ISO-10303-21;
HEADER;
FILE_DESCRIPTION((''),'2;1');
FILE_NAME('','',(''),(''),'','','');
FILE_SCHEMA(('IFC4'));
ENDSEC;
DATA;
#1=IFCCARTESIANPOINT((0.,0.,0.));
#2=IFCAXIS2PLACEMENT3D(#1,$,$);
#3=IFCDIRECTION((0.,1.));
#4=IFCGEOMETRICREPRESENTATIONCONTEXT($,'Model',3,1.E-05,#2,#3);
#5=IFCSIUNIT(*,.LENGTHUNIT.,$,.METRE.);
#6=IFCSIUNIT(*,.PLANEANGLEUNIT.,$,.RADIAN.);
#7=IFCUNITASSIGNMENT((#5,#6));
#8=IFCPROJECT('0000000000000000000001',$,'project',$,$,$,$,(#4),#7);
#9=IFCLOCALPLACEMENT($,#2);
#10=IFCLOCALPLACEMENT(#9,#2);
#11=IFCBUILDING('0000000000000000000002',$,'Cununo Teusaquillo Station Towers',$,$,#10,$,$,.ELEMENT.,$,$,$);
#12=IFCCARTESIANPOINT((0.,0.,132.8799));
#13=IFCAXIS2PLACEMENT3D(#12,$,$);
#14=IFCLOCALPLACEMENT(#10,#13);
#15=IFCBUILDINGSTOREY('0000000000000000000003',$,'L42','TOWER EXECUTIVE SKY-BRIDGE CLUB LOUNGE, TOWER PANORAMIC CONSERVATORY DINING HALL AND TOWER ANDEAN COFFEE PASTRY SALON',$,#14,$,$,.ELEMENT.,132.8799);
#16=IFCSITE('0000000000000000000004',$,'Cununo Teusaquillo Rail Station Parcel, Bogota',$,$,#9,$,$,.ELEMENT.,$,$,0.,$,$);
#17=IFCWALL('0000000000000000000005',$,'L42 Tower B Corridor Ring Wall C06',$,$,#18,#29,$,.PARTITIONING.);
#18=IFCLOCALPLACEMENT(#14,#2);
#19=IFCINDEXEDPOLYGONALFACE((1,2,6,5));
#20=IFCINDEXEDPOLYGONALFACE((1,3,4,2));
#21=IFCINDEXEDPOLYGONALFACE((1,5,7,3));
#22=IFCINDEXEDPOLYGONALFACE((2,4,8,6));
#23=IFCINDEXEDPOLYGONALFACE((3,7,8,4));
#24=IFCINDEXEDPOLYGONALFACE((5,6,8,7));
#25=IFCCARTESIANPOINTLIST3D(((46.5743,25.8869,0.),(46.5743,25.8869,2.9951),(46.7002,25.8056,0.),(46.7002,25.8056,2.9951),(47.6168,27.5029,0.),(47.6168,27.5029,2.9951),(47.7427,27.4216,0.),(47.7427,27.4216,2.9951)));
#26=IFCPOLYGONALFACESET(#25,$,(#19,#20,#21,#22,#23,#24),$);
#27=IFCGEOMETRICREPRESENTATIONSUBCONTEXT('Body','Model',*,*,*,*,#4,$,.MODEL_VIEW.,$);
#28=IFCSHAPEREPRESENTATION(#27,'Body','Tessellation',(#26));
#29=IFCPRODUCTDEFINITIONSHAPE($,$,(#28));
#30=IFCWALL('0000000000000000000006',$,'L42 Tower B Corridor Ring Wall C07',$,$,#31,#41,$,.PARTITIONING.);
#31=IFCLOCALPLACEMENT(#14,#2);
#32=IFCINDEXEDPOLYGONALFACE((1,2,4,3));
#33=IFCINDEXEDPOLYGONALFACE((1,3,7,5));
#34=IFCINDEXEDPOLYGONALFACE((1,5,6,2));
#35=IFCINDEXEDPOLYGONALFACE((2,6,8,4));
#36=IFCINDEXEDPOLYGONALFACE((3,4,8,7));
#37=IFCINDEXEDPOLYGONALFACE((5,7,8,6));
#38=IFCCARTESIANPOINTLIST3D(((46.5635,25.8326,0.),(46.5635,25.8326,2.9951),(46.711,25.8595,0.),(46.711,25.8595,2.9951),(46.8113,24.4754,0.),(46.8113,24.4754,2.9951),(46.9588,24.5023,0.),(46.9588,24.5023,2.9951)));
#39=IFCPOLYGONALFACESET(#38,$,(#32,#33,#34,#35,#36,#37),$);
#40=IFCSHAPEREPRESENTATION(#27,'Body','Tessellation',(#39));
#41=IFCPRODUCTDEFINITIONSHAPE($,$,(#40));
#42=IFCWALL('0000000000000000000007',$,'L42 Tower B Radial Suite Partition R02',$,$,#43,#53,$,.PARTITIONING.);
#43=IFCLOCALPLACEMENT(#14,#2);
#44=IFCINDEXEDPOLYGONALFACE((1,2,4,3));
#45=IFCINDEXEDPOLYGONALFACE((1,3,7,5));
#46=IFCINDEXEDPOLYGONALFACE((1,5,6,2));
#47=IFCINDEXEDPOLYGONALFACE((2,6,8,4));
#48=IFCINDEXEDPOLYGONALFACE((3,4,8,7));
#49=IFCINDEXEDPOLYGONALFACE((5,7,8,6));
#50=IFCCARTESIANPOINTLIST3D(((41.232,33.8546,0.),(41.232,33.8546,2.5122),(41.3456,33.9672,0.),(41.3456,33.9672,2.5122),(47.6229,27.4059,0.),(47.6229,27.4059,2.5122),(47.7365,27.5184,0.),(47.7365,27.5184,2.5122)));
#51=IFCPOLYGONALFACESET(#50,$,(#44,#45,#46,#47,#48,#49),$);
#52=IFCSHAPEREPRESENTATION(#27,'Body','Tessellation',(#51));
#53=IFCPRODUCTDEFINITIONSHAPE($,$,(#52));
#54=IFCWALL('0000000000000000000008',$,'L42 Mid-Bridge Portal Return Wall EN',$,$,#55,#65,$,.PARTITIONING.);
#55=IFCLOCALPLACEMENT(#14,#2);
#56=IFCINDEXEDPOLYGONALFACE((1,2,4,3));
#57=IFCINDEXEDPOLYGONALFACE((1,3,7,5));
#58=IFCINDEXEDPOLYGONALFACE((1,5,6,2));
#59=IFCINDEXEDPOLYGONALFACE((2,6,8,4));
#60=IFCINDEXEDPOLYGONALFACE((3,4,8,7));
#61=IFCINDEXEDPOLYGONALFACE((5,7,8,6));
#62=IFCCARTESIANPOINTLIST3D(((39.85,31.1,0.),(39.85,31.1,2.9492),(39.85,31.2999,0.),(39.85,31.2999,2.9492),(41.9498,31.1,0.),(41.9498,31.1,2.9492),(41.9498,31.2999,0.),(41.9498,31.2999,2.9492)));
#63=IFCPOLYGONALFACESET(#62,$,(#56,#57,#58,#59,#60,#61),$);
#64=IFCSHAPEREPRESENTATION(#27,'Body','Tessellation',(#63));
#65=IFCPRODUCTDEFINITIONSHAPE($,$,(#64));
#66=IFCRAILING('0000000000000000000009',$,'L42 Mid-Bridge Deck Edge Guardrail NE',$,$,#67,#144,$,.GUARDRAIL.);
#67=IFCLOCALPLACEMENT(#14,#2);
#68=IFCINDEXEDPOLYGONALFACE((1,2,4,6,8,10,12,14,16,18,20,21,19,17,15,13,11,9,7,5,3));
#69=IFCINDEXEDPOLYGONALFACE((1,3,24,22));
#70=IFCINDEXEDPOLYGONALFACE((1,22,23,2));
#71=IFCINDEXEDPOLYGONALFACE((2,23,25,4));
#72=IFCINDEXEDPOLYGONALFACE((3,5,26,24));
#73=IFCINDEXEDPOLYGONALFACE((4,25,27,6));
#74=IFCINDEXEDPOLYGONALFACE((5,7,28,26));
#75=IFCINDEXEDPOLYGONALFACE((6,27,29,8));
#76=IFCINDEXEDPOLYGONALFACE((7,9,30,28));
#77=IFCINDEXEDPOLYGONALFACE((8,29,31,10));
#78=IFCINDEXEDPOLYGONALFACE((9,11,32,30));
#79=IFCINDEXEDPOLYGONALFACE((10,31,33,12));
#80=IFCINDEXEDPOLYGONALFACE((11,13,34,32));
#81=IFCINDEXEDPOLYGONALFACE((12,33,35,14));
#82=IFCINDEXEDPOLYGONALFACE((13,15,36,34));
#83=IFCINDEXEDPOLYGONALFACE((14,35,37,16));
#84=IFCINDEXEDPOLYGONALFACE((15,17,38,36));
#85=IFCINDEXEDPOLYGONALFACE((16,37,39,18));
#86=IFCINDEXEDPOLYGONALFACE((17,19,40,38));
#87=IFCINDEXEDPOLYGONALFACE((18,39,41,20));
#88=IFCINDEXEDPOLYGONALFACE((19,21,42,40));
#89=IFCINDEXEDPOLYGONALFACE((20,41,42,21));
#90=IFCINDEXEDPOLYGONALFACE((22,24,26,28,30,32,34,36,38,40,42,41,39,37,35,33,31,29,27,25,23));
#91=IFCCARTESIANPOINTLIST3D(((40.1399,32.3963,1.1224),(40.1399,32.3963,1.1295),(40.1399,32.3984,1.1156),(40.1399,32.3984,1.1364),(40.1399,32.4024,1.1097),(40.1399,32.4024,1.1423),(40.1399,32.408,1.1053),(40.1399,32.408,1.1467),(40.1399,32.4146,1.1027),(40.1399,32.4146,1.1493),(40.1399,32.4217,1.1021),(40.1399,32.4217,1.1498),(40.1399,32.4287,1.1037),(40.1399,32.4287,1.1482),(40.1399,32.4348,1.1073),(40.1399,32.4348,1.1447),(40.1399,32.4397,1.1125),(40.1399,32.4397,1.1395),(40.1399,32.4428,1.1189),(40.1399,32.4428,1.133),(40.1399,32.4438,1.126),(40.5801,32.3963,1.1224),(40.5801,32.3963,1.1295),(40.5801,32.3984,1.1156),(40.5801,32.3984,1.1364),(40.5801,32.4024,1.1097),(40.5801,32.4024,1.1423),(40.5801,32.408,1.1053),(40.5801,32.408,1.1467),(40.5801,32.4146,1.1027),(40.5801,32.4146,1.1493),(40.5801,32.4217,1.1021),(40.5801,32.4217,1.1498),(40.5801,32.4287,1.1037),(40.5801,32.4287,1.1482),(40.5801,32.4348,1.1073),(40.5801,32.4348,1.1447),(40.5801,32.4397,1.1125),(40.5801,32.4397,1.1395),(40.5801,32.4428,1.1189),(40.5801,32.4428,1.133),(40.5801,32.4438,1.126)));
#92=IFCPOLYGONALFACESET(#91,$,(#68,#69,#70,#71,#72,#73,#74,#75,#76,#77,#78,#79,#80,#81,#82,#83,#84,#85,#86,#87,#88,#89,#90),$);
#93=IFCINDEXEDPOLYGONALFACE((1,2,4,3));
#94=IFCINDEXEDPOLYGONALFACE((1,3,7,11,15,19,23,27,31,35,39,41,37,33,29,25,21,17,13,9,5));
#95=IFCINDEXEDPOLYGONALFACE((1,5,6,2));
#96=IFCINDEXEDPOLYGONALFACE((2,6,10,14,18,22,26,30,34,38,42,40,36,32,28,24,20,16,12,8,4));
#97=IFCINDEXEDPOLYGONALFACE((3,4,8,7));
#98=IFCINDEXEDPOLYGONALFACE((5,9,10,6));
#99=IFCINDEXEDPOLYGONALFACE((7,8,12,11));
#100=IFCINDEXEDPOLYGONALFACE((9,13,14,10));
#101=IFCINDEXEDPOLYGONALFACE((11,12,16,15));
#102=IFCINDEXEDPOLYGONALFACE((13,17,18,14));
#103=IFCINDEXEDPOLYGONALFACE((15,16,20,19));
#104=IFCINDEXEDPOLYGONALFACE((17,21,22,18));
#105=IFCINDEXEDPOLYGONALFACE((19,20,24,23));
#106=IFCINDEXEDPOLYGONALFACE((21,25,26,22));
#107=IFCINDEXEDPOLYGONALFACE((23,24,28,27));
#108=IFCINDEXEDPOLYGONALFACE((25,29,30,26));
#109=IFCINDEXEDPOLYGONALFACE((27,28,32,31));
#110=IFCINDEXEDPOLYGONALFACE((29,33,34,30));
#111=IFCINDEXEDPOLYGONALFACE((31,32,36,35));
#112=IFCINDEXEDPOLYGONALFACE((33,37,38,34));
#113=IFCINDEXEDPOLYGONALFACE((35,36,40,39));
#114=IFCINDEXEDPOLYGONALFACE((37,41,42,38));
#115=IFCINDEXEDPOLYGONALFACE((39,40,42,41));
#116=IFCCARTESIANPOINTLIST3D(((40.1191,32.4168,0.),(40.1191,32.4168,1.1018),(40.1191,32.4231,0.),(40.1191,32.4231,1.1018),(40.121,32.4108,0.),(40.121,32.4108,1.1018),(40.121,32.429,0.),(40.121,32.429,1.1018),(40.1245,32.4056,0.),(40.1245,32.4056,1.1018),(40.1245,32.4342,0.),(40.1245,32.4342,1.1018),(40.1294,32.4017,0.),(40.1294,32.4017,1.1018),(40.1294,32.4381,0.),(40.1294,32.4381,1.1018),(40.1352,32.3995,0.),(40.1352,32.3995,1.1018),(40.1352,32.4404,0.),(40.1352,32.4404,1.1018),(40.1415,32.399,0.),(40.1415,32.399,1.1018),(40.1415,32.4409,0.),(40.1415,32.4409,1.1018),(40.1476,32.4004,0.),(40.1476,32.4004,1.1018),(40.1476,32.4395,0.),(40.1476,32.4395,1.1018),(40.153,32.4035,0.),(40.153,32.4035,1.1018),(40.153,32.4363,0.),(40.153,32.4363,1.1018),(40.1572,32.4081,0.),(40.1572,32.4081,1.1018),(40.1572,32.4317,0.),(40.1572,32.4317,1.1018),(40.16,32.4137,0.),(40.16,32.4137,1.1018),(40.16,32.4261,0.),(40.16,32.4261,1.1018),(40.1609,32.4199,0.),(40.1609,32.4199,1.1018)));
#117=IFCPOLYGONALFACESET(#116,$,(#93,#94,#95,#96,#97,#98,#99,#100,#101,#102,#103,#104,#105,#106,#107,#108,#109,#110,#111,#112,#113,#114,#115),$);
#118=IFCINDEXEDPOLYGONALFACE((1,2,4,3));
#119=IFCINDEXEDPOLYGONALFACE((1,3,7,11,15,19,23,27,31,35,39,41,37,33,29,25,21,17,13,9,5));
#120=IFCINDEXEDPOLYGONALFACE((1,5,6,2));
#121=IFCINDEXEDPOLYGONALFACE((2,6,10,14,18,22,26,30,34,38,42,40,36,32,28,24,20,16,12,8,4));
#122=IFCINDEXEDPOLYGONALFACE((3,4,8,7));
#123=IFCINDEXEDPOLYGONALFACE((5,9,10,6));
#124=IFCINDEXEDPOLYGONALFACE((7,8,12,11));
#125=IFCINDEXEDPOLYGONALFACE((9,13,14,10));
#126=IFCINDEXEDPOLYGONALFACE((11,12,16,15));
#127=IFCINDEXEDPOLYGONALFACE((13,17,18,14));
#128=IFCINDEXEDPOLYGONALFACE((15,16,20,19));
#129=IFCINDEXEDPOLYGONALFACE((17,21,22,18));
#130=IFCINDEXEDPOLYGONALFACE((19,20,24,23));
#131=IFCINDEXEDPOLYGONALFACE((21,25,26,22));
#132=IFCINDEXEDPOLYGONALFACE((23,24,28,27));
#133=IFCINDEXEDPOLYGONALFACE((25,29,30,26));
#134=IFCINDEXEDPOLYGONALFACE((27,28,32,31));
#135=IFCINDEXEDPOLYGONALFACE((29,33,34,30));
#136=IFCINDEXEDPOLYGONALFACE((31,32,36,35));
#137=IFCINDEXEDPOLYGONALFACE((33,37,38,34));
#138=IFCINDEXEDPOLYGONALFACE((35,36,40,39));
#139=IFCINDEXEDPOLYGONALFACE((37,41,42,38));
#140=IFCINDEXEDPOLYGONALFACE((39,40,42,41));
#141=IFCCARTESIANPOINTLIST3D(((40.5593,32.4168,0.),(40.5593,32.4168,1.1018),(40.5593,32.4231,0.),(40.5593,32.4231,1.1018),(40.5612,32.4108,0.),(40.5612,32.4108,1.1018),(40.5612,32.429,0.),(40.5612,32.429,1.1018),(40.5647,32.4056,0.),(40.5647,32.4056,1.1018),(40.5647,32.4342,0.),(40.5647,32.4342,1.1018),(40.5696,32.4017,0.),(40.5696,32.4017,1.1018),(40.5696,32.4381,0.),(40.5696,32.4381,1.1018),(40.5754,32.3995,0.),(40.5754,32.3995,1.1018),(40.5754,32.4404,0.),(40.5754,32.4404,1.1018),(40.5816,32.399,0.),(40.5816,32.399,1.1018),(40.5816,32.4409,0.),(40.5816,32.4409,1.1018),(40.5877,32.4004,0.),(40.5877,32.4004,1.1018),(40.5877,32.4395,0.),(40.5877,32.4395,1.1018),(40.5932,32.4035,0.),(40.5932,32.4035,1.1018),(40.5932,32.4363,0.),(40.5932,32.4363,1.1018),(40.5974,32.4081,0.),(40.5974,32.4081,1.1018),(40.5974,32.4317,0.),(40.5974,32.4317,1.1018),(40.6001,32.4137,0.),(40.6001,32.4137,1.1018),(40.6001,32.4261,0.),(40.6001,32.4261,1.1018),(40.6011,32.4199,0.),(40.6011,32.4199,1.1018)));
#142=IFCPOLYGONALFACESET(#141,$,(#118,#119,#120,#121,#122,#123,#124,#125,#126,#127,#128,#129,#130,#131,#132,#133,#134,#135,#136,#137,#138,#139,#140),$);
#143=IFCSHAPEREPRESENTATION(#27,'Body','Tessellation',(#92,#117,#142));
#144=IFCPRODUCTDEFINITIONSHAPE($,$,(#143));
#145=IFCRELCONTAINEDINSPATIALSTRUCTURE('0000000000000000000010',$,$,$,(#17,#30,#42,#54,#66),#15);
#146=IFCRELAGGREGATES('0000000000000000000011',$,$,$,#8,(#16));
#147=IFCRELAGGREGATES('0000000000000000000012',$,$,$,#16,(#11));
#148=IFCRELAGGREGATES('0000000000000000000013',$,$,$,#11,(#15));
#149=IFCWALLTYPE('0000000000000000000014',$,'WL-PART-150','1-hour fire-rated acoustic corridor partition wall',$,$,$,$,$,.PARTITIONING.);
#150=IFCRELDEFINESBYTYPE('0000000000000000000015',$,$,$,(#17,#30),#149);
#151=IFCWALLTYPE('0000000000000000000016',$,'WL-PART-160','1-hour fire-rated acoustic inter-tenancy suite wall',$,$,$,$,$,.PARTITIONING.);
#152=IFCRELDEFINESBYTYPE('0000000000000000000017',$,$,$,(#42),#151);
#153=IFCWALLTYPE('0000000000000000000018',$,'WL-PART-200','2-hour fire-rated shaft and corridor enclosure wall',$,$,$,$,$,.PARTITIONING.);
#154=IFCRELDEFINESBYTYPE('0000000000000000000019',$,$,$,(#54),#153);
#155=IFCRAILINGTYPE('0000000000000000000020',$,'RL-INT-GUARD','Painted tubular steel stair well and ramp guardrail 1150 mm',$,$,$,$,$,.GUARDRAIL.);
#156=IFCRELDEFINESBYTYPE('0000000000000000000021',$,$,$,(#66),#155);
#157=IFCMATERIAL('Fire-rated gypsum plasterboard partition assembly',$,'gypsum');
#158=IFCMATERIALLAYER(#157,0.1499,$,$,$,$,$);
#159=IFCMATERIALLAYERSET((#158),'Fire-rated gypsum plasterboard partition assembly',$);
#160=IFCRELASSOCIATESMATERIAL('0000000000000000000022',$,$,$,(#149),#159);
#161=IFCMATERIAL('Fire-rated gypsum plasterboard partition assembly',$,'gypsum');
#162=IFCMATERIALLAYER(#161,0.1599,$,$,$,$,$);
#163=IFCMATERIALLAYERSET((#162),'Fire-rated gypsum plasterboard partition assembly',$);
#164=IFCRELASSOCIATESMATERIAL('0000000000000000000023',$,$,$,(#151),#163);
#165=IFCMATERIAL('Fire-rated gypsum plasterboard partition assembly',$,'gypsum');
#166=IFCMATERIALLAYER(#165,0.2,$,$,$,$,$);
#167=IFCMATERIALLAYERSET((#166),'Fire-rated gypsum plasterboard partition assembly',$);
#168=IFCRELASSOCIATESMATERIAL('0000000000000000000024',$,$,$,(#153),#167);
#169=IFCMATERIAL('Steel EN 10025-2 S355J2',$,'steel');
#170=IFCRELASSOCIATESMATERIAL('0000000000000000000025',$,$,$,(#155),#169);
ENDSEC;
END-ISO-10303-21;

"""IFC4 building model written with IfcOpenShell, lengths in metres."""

from ifc_helpers import new_model, si_unit, direction, frame, frame_2d, origin, origin_2d, place, context, subcontext, project, spatial, rectangle, circle, extrude, material, layer, layer_set, type_object, element, save


model = new_model("IFC4")

# Units and contexts
model_context = context("Model", 3, precision=1e-05, world=origin(), true_north=direction((0.0, 1.0)))
body_context = subcontext(model_context, "Body", "Model", "MODEL_VIEW")
ifc_project = project(units=[si_unit("LENGTHUNIT", "METRE"), si_unit("PLANEANGLEUNIT", "RADIAN")], contexts=[model_context])

# Site, building, storey
site_placement = place(None, origin())
site = spatial("IfcSite", under=ifc_project, at=site_placement, Name="Cununo Teusaquillo Rail Station Parcel, Bogota", CompositionType="ELEMENT", RefElevation=0.0)
building_placement = place(site_placement, origin())
building = spatial("IfcBuilding", under=site, at=building_placement, Name="Cununo Teusaquillo Station Towers", CompositionType="ELEMENT")
storey_placement = place(building_placement, frame((0.0, 0.0, 132.8799)))
storey = spatial("IfcBuildingStorey", under=building, at=storey_placement, Name="L42", Description="TOWER EXECUTIVE SKY-BRIDGE CLUB LOUNGE, TOWER PANORAMIC CONSERVATORY DINING HALL AND TOWER ANDEAN COFFEE PASTRY SALON", CompositionType="ELEMENT", Elevation=132.8799)

# Walls
ifc_material_1 = material(Name="Fire-rated gypsum plasterboard partition assembly", Category="gypsum")
ifc_layer_1 = layer(ifc_material_1, 0.1499)
ifc_layer_set_1 = layer_set([ifc_layer_1], Name="Fire-rated gypsum plasterboard partition assembly")
wall_type_1 = type_object("IfcWallType", Name="WL-PART-150", Description="1-hour fire-rated acoustic corridor partition wall", PredefinedType="PARTITIONING", material=ifc_layer_set_1)
wall_1_placement = place(storey_placement, frame((47.6797, 27.4622, 0.0), z_axis=(0.0, 0.0, 1.0), x_axis=(-0.542098, -0.840315, 0.0)))
element("IfcWall", 1, at=wall_1_placement, inside=storey, type_object=wall_type_1, Name="L42 Tower B Corridor Ring Wall C06", PredefinedType="PARTITIONING", context=body_context, shape_type="SweptSolid", body=[
    extrude(rectangle(XDim=1.9231, YDim=0.1499, at=frame_2d((0.9614, 0.0))), origin(), (0.0, 0.0, 1.0), 2.9951),
])
wall_2_placement = place(storey_placement, frame((46.6372, 25.8462, 0.0), z_axis=(0.0, 0.0, 1.0), x_axis=(0.179617, -0.983737, 0.0)))
element("IfcWall", 2, at=wall_2_placement, inside=storey, type_object=wall_type_1, Name="L42 Tower B Corridor Ring Wall C07", PredefinedType="PARTITIONING", context=body_context, shape_type="SweptSolid", body=[
    extrude(rectangle(XDim=1.3796, YDim=0.1499, at=frame_2d((0.6899, 0.0))), origin(), (0.0, 0.0, 1.0), 2.9951),
])
ifc_material_2 = material(Name="Fire-rated gypsum plasterboard partition assembly", Category="gypsum")
ifc_layer_2 = layer(ifc_material_2, 0.1599)
ifc_layer_set_2 = layer_set([ifc_layer_2], Name="Fire-rated gypsum plasterboard partition assembly")
wall_type_2 = type_object("IfcWallType", Name="WL-PART-160", Description="1-hour fire-rated acoustic inter-tenancy suite wall", PredefinedType="PARTITIONING", material=ifc_layer_set_2)
wall_3_placement = place(storey_placement, frame((47.6797, 27.4622, 0.0), z_axis=(0.0, 0.0, 1.0), x_axis=(-0.703913, 0.710286, 0.0)))
element("IfcWall", 3, at=wall_3_placement, inside=storey, type_object=wall_type_2, Name="L42 Tower B Radial Suite Partition R02", PredefinedType="PARTITIONING", context=body_context, shape_type="SweptSolid", body=[
    extrude(rectangle(XDim=9.0791, YDim=0.1599, at=frame_2d((4.5396, 0.0))), origin(), (0.0, 0.0, 1.0), 2.5122),
])
ifc_material_3 = material(Name="Fire-rated gypsum plasterboard partition assembly", Category="gypsum")
ifc_layer_3 = layer(ifc_material_3, 0.2)
ifc_layer_set_3 = layer_set([ifc_layer_3], Name="Fire-rated gypsum plasterboard partition assembly")
wall_type_3 = type_object("IfcWallType", Name="WL-PART-200", Description="2-hour fire-rated shaft and corridor enclosure wall", PredefinedType="PARTITIONING", material=ifc_layer_set_3)
wall_4_placement = place(storey_placement, frame((39.8501, 31.2, 0.0), z_axis=(0.0, 0.0, 1.0), x_axis=(1.0, 0.0, 0.0)))
element("IfcWall", 4, at=wall_4_placement, inside=storey, type_object=wall_type_3, Name="L42 Mid-Bridge Portal Return Wall EN", PredefinedType="PARTITIONING", context=body_context, shape_type="SweptSolid", body=[
    extrude(rectangle(XDim=2.0999, YDim=0.2, at=frame_2d((1.0498, 0.0))), origin(), (0.0, 0.0, 1.0), 2.9492),
])

# Railing
ifc_material_4 = material(Name="Steel EN 10025-2 S355J2", Category="steel")
railing_type = type_object("IfcRailingType", Name="RL-INT-GUARD", Description="Painted tubular steel stair well and ramp guardrail 1150 mm", PredefinedType="GUARDRAIL", material=ifc_material_4)
railing_placement = place(storey_placement, frame((40.1399, 32.4199, 0.0)))
element("IfcRailing", 5, at=railing_placement, inside=storey, type_object=railing_type, Name="L42 Mid-Bridge Deck Edge Guardrail NE", PredefinedType="GUARDRAIL", context=body_context, shape_type="SweptSolid", body=[
    extrude(circle(Radius=0.0239, at=origin_2d()), frame((0.0, 0.0, 1.126), z_axis=(1.0, 0.0, 0.0), x_axis=(0.0, 1.0, 0.0)), (0.0, 0.0, 1.0), 0.4402),
    extrude(circle(Radius=0.021, at=origin_2d()), origin(), (0.0, 0.0, 1.0), 1.1018),
    extrude(circle(Radius=0.021, at=origin_2d()), frame((0.4402, 0.0, 0.0)), (0.0, 0.0, 1.0), 1.1018),
])

save(model, "model.ifc")
